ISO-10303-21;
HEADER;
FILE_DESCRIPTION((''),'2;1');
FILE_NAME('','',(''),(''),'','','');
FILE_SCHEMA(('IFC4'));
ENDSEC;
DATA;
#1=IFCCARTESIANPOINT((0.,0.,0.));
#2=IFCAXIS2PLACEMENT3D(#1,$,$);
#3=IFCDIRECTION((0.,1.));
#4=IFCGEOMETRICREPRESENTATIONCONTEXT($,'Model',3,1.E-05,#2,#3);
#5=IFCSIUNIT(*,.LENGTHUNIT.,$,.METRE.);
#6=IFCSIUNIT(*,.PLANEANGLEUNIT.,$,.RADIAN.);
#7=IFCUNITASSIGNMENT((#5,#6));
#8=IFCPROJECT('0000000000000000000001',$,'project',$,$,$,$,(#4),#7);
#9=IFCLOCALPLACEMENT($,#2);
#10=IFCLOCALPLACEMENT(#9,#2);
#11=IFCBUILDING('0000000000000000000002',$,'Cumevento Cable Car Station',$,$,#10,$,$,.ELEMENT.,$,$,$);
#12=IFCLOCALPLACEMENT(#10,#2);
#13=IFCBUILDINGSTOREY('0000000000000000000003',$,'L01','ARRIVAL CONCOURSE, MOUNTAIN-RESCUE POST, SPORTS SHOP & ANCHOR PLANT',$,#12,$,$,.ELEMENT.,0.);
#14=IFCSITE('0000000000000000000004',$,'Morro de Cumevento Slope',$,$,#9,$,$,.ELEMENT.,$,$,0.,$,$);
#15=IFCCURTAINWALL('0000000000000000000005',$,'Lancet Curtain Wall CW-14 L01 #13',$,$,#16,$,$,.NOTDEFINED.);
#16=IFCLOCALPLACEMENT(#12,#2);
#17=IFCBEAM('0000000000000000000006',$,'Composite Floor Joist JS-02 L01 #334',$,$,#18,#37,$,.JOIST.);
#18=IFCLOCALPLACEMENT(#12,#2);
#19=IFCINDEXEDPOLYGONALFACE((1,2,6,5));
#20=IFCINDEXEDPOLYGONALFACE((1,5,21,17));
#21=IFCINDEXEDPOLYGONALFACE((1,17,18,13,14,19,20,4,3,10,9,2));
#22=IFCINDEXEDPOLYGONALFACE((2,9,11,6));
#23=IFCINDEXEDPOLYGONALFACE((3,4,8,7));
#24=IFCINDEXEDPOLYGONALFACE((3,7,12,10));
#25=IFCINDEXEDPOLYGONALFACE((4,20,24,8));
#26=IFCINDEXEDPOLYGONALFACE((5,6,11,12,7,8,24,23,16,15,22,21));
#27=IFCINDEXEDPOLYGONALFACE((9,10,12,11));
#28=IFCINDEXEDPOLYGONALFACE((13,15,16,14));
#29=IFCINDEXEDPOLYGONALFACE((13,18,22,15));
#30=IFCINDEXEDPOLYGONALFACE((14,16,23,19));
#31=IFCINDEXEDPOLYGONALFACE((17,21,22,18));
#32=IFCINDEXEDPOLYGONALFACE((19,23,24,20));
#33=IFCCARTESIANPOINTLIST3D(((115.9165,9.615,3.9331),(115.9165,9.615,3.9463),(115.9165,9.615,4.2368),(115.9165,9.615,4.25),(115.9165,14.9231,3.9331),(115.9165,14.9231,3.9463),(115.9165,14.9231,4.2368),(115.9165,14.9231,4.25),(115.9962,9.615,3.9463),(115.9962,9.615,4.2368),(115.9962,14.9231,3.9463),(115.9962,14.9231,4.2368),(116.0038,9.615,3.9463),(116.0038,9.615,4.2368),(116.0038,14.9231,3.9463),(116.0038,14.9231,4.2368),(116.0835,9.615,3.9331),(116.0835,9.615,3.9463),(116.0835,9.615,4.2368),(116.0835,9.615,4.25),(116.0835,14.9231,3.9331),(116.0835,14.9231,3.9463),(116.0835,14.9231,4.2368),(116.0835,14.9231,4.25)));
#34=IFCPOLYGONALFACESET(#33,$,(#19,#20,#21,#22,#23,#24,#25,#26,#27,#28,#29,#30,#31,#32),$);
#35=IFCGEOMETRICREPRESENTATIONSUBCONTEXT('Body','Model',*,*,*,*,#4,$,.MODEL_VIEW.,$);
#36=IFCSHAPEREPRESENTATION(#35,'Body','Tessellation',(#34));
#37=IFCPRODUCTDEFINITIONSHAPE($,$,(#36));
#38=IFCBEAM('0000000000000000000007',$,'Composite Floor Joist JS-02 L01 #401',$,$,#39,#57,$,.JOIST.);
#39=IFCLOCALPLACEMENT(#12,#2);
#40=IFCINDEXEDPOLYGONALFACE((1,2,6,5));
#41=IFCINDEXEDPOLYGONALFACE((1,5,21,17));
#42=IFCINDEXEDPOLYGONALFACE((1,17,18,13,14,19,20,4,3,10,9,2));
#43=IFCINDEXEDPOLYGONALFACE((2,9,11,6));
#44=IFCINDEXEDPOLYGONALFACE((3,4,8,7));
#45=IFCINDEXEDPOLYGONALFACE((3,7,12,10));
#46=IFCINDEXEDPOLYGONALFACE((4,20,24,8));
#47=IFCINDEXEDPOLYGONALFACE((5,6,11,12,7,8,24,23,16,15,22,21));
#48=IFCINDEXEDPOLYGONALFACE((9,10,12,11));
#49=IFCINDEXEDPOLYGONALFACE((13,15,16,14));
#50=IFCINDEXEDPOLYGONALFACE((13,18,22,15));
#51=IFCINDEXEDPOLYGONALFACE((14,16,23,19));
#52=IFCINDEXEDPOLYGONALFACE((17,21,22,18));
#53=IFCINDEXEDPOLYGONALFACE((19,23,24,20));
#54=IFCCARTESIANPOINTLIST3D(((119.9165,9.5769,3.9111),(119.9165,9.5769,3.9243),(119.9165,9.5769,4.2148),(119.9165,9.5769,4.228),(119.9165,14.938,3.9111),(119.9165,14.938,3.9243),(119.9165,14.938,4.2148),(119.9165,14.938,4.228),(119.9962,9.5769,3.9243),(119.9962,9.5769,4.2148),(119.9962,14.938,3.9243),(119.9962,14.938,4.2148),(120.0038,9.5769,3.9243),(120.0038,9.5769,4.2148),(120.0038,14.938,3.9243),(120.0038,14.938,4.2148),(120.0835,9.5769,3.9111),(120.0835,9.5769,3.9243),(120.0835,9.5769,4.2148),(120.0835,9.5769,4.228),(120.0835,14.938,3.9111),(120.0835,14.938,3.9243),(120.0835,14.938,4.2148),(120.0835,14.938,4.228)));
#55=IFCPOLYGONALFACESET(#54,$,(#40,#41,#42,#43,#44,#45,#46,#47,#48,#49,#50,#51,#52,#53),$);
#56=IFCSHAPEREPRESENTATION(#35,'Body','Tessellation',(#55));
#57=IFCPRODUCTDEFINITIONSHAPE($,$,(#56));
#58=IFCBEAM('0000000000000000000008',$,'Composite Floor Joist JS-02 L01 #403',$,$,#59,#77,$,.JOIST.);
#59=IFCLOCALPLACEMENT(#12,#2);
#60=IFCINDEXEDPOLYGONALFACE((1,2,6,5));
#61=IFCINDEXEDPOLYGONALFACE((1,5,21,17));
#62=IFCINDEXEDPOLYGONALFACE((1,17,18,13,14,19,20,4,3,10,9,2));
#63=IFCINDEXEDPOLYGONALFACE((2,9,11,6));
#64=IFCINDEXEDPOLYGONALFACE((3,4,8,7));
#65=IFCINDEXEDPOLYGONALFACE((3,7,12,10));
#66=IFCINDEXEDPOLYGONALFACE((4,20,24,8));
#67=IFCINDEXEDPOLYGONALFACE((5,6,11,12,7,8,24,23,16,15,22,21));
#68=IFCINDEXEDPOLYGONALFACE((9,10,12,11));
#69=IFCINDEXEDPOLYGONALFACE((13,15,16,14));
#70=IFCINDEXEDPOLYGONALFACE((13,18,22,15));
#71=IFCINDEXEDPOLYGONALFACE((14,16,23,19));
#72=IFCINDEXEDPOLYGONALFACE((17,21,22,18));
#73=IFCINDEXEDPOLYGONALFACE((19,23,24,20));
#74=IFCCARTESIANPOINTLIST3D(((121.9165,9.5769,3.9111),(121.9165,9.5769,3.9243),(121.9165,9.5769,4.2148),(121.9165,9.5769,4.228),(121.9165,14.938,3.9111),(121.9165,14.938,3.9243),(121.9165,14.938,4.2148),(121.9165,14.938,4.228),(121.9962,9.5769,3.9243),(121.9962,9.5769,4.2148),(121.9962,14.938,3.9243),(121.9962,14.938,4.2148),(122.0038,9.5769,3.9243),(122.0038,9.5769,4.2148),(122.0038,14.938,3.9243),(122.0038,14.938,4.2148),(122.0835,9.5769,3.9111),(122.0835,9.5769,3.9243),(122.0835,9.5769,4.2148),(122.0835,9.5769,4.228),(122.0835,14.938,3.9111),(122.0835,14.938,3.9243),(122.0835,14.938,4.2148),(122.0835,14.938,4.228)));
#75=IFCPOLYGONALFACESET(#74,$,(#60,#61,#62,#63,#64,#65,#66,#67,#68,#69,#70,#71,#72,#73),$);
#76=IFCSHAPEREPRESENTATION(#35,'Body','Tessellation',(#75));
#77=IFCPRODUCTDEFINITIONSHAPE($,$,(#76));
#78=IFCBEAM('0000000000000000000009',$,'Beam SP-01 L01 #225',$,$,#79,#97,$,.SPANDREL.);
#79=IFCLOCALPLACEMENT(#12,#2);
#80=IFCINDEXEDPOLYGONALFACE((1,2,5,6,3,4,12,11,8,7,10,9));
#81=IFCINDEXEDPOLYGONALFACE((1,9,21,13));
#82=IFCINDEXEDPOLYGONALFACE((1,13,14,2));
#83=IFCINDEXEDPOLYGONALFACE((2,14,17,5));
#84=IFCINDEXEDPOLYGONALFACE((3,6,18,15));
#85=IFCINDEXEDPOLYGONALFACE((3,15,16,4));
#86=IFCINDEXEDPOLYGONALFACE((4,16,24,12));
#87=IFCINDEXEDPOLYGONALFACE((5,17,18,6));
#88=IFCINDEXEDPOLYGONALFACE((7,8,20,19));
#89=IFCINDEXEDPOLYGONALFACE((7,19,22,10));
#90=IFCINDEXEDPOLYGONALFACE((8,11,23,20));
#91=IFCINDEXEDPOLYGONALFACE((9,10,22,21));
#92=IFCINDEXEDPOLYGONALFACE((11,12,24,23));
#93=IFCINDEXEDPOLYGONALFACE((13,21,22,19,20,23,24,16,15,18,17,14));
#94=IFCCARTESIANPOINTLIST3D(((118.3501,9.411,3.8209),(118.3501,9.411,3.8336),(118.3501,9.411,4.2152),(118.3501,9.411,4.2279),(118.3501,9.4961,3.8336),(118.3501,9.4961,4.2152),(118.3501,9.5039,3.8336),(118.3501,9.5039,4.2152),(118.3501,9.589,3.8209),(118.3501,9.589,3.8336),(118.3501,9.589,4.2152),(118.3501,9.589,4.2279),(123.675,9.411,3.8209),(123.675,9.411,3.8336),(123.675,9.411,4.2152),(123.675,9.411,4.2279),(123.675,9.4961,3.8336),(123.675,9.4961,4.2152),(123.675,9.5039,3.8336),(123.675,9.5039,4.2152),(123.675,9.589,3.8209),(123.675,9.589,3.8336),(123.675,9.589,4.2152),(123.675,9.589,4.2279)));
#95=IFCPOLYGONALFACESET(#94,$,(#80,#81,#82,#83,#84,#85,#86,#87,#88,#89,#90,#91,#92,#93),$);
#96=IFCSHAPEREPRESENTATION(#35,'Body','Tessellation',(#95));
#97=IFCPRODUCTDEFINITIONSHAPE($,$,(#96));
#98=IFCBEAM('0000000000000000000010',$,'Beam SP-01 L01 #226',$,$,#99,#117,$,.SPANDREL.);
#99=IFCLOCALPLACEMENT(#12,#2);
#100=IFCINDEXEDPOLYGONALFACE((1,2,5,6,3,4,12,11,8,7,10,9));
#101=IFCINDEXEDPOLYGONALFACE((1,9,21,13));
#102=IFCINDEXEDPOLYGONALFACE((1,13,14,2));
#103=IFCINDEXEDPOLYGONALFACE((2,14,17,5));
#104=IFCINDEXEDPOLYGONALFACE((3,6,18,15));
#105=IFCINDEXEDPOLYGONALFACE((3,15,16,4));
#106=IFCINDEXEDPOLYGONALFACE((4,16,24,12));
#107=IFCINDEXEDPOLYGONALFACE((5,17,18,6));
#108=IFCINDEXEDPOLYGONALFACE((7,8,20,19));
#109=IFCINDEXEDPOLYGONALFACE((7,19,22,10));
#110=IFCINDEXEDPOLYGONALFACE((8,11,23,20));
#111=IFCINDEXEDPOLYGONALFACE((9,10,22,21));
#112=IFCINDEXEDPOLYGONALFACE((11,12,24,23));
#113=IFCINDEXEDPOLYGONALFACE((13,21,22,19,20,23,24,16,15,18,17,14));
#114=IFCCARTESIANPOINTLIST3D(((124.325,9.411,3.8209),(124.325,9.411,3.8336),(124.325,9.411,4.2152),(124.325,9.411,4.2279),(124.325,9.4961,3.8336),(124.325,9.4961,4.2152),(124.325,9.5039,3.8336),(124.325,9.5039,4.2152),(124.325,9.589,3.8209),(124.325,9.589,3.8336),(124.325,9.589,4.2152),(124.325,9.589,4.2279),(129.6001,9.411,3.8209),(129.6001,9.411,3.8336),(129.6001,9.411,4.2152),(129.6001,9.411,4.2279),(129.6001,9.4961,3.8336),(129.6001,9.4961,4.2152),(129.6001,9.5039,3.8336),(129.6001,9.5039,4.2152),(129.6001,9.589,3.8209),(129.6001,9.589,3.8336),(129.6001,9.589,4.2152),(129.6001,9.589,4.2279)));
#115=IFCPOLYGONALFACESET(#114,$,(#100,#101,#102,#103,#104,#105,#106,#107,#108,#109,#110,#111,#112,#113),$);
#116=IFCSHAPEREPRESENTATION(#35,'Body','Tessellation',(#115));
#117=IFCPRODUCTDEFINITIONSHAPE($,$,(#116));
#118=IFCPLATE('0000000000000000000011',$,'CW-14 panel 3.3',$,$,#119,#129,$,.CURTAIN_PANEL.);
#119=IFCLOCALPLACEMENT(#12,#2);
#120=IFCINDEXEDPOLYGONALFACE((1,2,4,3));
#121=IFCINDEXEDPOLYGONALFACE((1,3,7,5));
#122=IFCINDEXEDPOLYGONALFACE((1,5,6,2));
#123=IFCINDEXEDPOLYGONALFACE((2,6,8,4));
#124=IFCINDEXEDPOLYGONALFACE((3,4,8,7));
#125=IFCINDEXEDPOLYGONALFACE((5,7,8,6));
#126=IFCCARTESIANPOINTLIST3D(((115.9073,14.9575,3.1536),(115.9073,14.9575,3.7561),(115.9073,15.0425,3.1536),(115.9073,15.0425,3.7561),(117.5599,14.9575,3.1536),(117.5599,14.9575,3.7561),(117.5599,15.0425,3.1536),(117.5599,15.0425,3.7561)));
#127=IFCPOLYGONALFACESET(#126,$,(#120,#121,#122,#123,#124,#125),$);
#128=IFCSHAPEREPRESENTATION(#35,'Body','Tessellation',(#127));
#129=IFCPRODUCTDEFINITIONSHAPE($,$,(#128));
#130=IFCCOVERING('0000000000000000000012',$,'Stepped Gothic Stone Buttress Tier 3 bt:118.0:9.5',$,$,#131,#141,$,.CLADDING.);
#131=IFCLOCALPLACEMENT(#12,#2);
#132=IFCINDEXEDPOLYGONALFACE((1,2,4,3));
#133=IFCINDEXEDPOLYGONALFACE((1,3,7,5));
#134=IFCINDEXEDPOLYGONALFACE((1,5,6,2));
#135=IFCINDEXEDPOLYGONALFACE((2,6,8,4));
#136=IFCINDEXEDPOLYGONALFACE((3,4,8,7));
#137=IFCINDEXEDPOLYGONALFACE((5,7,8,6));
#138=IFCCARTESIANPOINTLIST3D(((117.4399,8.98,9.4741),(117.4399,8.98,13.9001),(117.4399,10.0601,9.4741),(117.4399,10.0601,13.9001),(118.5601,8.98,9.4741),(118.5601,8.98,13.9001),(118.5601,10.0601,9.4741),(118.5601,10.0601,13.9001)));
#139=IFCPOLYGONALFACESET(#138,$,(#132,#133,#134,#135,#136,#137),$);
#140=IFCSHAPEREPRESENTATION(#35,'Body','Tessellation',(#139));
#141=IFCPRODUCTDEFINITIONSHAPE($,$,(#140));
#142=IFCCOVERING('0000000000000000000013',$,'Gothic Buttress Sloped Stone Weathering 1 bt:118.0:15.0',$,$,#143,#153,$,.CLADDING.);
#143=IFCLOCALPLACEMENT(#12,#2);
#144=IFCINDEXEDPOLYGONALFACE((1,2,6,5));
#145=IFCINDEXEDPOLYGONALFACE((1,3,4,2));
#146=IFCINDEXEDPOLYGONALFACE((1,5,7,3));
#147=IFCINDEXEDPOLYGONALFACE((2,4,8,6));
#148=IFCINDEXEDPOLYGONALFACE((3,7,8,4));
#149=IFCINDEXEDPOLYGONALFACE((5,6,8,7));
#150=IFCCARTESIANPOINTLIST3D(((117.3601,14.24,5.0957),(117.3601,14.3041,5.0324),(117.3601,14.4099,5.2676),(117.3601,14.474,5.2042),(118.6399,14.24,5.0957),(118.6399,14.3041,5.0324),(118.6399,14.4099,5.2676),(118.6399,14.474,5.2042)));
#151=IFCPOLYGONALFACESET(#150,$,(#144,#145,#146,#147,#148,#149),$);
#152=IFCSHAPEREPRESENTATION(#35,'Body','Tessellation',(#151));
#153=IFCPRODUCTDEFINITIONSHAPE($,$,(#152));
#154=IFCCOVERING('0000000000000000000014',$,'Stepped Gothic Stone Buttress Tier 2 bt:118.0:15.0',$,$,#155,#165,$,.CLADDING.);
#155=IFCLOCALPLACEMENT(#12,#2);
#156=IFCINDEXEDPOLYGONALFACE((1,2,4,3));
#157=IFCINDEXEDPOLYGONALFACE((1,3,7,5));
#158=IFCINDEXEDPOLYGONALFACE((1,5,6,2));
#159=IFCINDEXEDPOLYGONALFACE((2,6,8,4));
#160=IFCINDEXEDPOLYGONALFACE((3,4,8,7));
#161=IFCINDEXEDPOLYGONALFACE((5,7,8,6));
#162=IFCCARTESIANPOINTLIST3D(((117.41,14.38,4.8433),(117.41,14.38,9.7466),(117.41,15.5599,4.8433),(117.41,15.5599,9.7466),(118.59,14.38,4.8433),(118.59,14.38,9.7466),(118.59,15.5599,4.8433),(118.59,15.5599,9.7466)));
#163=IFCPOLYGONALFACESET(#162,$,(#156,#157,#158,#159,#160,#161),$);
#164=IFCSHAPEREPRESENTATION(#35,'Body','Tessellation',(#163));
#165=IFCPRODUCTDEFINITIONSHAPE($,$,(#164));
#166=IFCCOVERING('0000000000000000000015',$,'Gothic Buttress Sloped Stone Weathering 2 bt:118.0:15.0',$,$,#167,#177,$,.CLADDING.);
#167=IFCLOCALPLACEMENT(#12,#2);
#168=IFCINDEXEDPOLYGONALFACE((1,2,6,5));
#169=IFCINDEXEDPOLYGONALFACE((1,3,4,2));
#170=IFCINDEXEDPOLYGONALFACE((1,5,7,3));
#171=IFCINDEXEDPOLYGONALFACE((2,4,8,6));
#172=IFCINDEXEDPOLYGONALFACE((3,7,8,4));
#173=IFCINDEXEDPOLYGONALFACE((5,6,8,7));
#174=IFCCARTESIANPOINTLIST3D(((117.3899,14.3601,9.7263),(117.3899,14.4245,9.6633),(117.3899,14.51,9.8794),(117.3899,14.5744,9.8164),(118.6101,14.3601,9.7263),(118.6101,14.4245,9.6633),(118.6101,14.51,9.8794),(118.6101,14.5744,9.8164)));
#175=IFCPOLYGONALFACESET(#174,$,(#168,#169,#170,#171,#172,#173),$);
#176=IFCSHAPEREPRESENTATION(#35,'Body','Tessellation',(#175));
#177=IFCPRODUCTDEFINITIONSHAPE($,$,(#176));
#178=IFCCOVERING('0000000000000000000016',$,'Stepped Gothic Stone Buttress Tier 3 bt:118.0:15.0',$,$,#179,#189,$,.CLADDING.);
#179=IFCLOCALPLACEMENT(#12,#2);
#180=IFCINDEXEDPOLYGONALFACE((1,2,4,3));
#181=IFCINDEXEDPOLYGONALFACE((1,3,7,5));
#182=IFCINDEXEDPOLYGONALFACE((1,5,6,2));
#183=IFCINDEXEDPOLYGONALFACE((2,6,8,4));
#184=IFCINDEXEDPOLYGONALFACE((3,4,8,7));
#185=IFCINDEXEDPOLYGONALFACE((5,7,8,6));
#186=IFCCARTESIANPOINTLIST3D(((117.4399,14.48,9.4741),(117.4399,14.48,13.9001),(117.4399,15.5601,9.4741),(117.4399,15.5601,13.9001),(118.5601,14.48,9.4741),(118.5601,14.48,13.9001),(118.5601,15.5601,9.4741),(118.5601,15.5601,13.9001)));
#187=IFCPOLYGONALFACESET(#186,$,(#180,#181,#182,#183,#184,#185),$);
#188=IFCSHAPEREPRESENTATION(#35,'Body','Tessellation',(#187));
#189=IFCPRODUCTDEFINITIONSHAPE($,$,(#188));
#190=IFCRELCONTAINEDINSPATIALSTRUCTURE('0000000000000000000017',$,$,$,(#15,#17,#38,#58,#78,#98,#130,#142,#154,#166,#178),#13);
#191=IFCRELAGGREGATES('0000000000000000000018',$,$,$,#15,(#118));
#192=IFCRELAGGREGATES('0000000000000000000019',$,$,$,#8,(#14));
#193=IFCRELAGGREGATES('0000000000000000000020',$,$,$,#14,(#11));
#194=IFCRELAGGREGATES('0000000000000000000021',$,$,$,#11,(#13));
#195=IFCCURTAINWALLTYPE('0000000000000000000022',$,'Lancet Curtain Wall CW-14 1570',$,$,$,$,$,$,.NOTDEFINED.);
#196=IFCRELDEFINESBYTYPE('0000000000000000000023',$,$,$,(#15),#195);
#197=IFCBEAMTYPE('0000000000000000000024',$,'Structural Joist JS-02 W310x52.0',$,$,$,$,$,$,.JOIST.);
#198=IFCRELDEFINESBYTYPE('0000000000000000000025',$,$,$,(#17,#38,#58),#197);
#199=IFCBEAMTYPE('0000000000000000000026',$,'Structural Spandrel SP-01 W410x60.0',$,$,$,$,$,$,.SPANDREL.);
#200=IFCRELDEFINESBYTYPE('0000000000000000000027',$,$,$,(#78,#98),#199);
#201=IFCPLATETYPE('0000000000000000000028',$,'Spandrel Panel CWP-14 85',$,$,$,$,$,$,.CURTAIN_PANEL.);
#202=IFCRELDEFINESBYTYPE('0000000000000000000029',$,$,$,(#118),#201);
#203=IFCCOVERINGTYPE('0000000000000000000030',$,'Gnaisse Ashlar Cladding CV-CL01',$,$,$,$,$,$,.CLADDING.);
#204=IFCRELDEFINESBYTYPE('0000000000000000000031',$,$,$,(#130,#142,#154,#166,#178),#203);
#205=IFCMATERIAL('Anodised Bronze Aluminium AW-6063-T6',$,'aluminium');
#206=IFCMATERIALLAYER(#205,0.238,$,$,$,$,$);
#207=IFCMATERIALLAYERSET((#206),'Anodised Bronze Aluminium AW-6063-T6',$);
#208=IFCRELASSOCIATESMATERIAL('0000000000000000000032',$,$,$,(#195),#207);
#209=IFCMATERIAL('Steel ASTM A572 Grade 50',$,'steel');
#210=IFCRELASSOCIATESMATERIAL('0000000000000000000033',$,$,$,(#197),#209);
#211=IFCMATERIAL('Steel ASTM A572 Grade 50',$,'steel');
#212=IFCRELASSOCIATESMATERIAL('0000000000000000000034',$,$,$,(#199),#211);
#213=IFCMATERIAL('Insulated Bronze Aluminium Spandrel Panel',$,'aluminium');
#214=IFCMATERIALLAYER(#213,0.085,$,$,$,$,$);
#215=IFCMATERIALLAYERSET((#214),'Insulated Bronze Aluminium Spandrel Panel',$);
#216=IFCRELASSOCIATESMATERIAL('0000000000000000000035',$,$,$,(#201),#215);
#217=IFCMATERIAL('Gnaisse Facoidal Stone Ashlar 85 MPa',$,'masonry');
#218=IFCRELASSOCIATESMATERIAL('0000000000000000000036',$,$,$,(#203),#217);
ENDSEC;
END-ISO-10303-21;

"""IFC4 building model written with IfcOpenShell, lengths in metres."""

from ifc_helpers import new_model, si_unit, direction, frame, origin, origin_2d, place, context, subcontext, project, spatial, polyline, rectangle, i_section, outline, extrude, material, layer, layer_set, material_profile, profile_set, type_object, element, aggregate, save


model = new_model("IFC4")

# Units and contexts
model_context = context("Model", 3, precision=1e-05, world=origin(), true_north=direction((0.0, 1.0)))
body_context = subcontext(model_context, "Body", "Model", "MODEL_VIEW")
ifc_project = project(units=[si_unit("LENGTHUNIT", "METRE"), si_unit("PLANEANGLEUNIT", "RADIAN")], contexts=[model_context])

# Site, building, storey
site_placement = place(None, origin())
site = spatial("IfcSite", under=ifc_project, at=site_placement, Name="Morro de Cumevento Slope", CompositionType="ELEMENT", RefElevation=0.0)
building_placement = place(site_placement, origin())
building = spatial("IfcBuilding", under=site, at=building_placement, Name="Cumevento Cable Car Station", CompositionType="ELEMENT")
storey_placement = place(building_placement, origin())
storey = spatial("IfcBuildingStorey", under=building, at=storey_placement, Name="L01", Description="ARRIVAL CONCOURSE, MOUNTAIN-RESCUE POST, SPORTS SHOP & ANCHOR PLANT", CompositionType="ELEMENT", Elevation=0.0)

# Curtain wall
ifc_material_1 = material(Name="Anodised Bronze Aluminium AW-6063-T6", Category="aluminium")
ifc_layer_1 = layer(ifc_material_1, 0.238)
ifc_layer_set_1 = layer_set([ifc_layer_1], Name="Anodised Bronze Aluminium AW-6063-T6")
curtain_wall_type = type_object("IfcCurtainWallType", Name="Lancet Curtain Wall CW-14 1570", PredefinedType="NOTDEFINED", material=ifc_layer_set_1)
curtain_wall_placement = place(storey_placement, origin())
curtain_wall = element("IfcCurtainWall", 1, at=curtain_wall_placement, inside=storey, type_object=curtain_wall_type, Name="Lancet Curtain Wall CW-14 L01 #13", PredefinedType="NOTDEFINED")

# Beams
ifc_material_2 = material(Name="Steel ASTM A572 Grade 50", Category="steel")
ifc_material_profile_1 = material_profile(ifc_material_2, i_section(OverallWidth=0.167, OverallDepth=0.3169, WebThickness=0.0076, FlangeThickness=0.0132, at=origin_2d()), Name="W310x52.0")
ifc_profile_set_1 = profile_set([ifc_material_profile_1], Name="Steel ASTM A572 Grade 50")
beam_type_1 = type_object("IfcBeamType", Name="Structural Joist JS-02 W310x52.0", PredefinedType="JOIST", material=ifc_profile_set_1)
beam_1_placement = place(storey_placement, frame((116.0, 9.615, 4.0916), z_axis=(0.0, 1.0, 0.0), x_axis=(-1.0, 0.0, 0.0)))
element("IfcBeam", 2, at=beam_1_placement, inside=storey, type_object=beam_type_1, Name="Composite Floor Joist JS-02 L01 #334", PredefinedType="JOIST", context=body_context, shape_type="SweptSolid", body=[
    extrude(i_section(OverallWidth=0.167, OverallDepth=0.3169, WebThickness=0.0076, FlangeThickness=0.0132, at=origin_2d()), origin(), (0.0, 0.0, 1.0), 5.3081),
])
for number, where, z_axis, x_axis, name in (
    (3, (120.0, 9.5769, 4.0696), (0.0, 1.0, 0.0), (-1.0, 0.0, 0.0), "Composite Floor Joist JS-02 L01 #401"),
    (4, (122.0, 9.5769, 4.0696), (0.0, 1.0, 0.0), (-1.0, 0.0, 0.0), "Composite Floor Joist JS-02 L01 #403"),
):
    element("IfcBeam", number, at=place(storey_placement, frame(where, z_axis=z_axis, x_axis=x_axis)), inside=storey, type_object=beam_type_1, Name=name, PredefinedType="JOIST", context=body_context, shape_type="SweptSolid", body=[
        extrude(i_section(OverallWidth=0.167, OverallDepth=0.3169, WebThickness=0.0076, FlangeThickness=0.0132, at=origin_2d()), origin(), (0.0, 0.0, 1.0), 5.3611),
    ])
ifc_material_3 = material(Name="Steel ASTM A572 Grade 50", Category="steel")
ifc_material_profile_2 = material_profile(ifc_material_3, i_section(OverallWidth=0.178, OverallDepth=0.407, WebThickness=0.0078, FlangeThickness=0.0127, at=origin_2d()), Name="W410x60.0")
ifc_profile_set_2 = profile_set([ifc_material_profile_2], Name="Steel ASTM A572 Grade 50")
beam_type_2 = type_object("IfcBeamType", Name="Structural Spandrel SP-01 W410x60.0", PredefinedType="SPANDREL", material=ifc_profile_set_2)
beam_2_placement = place(storey_placement, frame((118.3501, 9.5, 4.0244), z_axis=(1.0, 0.0, 0.0), x_axis=(0.0, 1.0, 0.0)))
element("IfcBeam", 5, at=beam_2_placement, inside=storey, type_object=beam_type_2, Name="Beam SP-01 L01 #225", PredefinedType="SPANDREL", context=body_context, shape_type="SweptSolid", body=[
    extrude(i_section(OverallWidth=0.178, OverallDepth=0.407, WebThickness=0.0078, FlangeThickness=0.0127, at=origin_2d()), origin(), (0.0, 0.0, 1.0), 5.325),
])
beam_3_placement = place(storey_placement, frame((124.325, 9.5, 4.0244), z_axis=(1.0, 0.0, 0.0), x_axis=(0.0, 1.0, 0.0)))
element("IfcBeam", 6, at=beam_3_placement, inside=storey, type_object=beam_type_2, Name="Beam SP-01 L01 #226", PredefinedType="SPANDREL", context=body_context, shape_type="SweptSolid", body=[
    extrude(i_section(OverallWidth=0.178, OverallDepth=0.407, WebThickness=0.0078, FlangeThickness=0.0127, at=origin_2d()), origin(), (0.0, 0.0, 1.0), 5.2751),
])

# Plate
ifc_material_4 = material(Name="Insulated Bronze Aluminium Spandrel Panel", Category="aluminium")
ifc_layer_2 = layer(ifc_material_4, 0.085)
ifc_layer_set_2 = layer_set([ifc_layer_2], Name="Insulated Bronze Aluminium Spandrel Panel")
plate_type = type_object("IfcPlateType", Name="Spandrel Panel CWP-14 85", PredefinedType="CURTAIN_PANEL", material=ifc_layer_set_2)
plate_placement = place(storey_placement, frame((116.7336, 15.0, 3.1536), z_axis=(0.0, 0.0, 1.0), x_axis=(1.0, 0.0, 0.0)))
plate = element("IfcPlate", 7, at=plate_placement, type_object=plate_type, Name="CW-14 panel 3.3", PredefinedType="CURTAIN_PANEL", context=body_context, shape_type="SweptSolid", body=[
    extrude(rectangle(XDim=1.6526, YDim=0.085, at=origin_2d()), origin(), (0.0, 0.0, 1.0), 0.6025),
])
aggregate(curtain_wall, [plate])

# Coverings
ifc_material_5 = material(Name="Gnaisse Facoidal Stone Ashlar 85 MPa", Category="masonry")
covering_type = type_object("IfcCoveringType", Name="Gnaisse Ashlar Cladding CV-CL01", PredefinedType="CLADDING", material=ifc_material_5)
covering_1_placement = place(storey_placement, frame((118.0, 9.52, 9.4741), z_axis=(0.0, 0.0, 1.0), x_axis=(1.0, 0.0, 0.0)))
element("IfcCovering", 8, at=covering_1_placement, inside=storey, type_object=covering_type, Name="Stepped Gothic Stone Buttress Tier 3 bt:118.0:9.5", PredefinedType="CLADDING", context=body_context, shape_type="SweptSolid", body=[
    extrude(rectangle(XDim=1.1201, YDim=1.0801, at=origin_2d()), origin(), (0.0, 0.0, 1.0), 4.426),
])
covering_2_placement = place(storey_placement, frame((117.3601, 14.24, 5.0957), z_axis=(0.0, -0.711136, 0.703055), x_axis=(1.0, 0.0, 0.0)))
element("IfcCovering", 9, at=covering_2_placement, inside=storey, type_object=covering_type, Name="Gothic Buttress Sloped Stone Weathering 1 bt:118.0:15.0", PredefinedType="CLADDING", context=body_context, shape_type="SweptSolid", body=[
    extrude(outline(polyline([(0.0, 0.0), (1.2798, 0.0), (1.2798, 0.2417), (0.0, 0.2417), (0.0, 0.0)])), origin(), (0.0, 0.0, -1.0), 0.0901),
])
covering_3_placement = place(storey_placement, frame((118.0, 14.97, 4.8433), z_axis=(0.0, 0.0, 1.0), x_axis=(1.0, 0.0, 0.0)))
element("IfcCovering", 10, at=covering_3_placement, inside=storey, type_object=covering_type, Name="Stepped Gothic Stone Buttress Tier 2 bt:118.0:15.0", PredefinedType="CLADDING", context=body_context, shape_type="SweptSolid", body=[
    extrude(rectangle(XDim=1.1799, YDim=1.1799, at=origin_2d()), origin(), (0.0, 0.0, 1.0), 4.9033),
])
covering_4_placement = place(storey_placement, frame((117.3899, 14.3601, 9.7263), z_axis=(0.0, -0.714475, 0.699661), x_axis=(1.0, 0.0, 0.0)))
element("IfcCovering", 11, at=covering_4_placement, inside=storey, type_object=covering_type, Name="Gothic Buttress Sloped Stone Weathering 2 bt:118.0:15.0", PredefinedType="CLADDING", context=body_context, shape_type="SweptSolid", body=[
    extrude(outline(polyline([(0.0, 0.0), (1.2202, 0.0), (1.2202, 0.2142), (0.0, 0.2142), (0.0, 0.0)])), origin(), (0.0, 0.0, -1.0), 0.0901),
])
for number, where, z_axis, x_axis, name in (
    (12, (118.0, 15.02, 9.4741), (0.0, 0.0, 1.0), (1.0, 0.0, 0.0), "Stepped Gothic Stone Buttress Tier 3 bt:118.0:15.0"),
):
    element("IfcCovering", number, at=place(storey_placement, frame(where, z_axis=z_axis, x_axis=x_axis)), inside=storey, type_object=covering_type, Name=name, PredefinedType="CLADDING", context=body_context, shape_type="SweptSolid", body=[
        extrude(rectangle(XDim=1.1201, YDim=1.0801, at=origin_2d()), origin(), (0.0, 0.0, 1.0), 4.426),
    ])

save(model, "model.ifc")
